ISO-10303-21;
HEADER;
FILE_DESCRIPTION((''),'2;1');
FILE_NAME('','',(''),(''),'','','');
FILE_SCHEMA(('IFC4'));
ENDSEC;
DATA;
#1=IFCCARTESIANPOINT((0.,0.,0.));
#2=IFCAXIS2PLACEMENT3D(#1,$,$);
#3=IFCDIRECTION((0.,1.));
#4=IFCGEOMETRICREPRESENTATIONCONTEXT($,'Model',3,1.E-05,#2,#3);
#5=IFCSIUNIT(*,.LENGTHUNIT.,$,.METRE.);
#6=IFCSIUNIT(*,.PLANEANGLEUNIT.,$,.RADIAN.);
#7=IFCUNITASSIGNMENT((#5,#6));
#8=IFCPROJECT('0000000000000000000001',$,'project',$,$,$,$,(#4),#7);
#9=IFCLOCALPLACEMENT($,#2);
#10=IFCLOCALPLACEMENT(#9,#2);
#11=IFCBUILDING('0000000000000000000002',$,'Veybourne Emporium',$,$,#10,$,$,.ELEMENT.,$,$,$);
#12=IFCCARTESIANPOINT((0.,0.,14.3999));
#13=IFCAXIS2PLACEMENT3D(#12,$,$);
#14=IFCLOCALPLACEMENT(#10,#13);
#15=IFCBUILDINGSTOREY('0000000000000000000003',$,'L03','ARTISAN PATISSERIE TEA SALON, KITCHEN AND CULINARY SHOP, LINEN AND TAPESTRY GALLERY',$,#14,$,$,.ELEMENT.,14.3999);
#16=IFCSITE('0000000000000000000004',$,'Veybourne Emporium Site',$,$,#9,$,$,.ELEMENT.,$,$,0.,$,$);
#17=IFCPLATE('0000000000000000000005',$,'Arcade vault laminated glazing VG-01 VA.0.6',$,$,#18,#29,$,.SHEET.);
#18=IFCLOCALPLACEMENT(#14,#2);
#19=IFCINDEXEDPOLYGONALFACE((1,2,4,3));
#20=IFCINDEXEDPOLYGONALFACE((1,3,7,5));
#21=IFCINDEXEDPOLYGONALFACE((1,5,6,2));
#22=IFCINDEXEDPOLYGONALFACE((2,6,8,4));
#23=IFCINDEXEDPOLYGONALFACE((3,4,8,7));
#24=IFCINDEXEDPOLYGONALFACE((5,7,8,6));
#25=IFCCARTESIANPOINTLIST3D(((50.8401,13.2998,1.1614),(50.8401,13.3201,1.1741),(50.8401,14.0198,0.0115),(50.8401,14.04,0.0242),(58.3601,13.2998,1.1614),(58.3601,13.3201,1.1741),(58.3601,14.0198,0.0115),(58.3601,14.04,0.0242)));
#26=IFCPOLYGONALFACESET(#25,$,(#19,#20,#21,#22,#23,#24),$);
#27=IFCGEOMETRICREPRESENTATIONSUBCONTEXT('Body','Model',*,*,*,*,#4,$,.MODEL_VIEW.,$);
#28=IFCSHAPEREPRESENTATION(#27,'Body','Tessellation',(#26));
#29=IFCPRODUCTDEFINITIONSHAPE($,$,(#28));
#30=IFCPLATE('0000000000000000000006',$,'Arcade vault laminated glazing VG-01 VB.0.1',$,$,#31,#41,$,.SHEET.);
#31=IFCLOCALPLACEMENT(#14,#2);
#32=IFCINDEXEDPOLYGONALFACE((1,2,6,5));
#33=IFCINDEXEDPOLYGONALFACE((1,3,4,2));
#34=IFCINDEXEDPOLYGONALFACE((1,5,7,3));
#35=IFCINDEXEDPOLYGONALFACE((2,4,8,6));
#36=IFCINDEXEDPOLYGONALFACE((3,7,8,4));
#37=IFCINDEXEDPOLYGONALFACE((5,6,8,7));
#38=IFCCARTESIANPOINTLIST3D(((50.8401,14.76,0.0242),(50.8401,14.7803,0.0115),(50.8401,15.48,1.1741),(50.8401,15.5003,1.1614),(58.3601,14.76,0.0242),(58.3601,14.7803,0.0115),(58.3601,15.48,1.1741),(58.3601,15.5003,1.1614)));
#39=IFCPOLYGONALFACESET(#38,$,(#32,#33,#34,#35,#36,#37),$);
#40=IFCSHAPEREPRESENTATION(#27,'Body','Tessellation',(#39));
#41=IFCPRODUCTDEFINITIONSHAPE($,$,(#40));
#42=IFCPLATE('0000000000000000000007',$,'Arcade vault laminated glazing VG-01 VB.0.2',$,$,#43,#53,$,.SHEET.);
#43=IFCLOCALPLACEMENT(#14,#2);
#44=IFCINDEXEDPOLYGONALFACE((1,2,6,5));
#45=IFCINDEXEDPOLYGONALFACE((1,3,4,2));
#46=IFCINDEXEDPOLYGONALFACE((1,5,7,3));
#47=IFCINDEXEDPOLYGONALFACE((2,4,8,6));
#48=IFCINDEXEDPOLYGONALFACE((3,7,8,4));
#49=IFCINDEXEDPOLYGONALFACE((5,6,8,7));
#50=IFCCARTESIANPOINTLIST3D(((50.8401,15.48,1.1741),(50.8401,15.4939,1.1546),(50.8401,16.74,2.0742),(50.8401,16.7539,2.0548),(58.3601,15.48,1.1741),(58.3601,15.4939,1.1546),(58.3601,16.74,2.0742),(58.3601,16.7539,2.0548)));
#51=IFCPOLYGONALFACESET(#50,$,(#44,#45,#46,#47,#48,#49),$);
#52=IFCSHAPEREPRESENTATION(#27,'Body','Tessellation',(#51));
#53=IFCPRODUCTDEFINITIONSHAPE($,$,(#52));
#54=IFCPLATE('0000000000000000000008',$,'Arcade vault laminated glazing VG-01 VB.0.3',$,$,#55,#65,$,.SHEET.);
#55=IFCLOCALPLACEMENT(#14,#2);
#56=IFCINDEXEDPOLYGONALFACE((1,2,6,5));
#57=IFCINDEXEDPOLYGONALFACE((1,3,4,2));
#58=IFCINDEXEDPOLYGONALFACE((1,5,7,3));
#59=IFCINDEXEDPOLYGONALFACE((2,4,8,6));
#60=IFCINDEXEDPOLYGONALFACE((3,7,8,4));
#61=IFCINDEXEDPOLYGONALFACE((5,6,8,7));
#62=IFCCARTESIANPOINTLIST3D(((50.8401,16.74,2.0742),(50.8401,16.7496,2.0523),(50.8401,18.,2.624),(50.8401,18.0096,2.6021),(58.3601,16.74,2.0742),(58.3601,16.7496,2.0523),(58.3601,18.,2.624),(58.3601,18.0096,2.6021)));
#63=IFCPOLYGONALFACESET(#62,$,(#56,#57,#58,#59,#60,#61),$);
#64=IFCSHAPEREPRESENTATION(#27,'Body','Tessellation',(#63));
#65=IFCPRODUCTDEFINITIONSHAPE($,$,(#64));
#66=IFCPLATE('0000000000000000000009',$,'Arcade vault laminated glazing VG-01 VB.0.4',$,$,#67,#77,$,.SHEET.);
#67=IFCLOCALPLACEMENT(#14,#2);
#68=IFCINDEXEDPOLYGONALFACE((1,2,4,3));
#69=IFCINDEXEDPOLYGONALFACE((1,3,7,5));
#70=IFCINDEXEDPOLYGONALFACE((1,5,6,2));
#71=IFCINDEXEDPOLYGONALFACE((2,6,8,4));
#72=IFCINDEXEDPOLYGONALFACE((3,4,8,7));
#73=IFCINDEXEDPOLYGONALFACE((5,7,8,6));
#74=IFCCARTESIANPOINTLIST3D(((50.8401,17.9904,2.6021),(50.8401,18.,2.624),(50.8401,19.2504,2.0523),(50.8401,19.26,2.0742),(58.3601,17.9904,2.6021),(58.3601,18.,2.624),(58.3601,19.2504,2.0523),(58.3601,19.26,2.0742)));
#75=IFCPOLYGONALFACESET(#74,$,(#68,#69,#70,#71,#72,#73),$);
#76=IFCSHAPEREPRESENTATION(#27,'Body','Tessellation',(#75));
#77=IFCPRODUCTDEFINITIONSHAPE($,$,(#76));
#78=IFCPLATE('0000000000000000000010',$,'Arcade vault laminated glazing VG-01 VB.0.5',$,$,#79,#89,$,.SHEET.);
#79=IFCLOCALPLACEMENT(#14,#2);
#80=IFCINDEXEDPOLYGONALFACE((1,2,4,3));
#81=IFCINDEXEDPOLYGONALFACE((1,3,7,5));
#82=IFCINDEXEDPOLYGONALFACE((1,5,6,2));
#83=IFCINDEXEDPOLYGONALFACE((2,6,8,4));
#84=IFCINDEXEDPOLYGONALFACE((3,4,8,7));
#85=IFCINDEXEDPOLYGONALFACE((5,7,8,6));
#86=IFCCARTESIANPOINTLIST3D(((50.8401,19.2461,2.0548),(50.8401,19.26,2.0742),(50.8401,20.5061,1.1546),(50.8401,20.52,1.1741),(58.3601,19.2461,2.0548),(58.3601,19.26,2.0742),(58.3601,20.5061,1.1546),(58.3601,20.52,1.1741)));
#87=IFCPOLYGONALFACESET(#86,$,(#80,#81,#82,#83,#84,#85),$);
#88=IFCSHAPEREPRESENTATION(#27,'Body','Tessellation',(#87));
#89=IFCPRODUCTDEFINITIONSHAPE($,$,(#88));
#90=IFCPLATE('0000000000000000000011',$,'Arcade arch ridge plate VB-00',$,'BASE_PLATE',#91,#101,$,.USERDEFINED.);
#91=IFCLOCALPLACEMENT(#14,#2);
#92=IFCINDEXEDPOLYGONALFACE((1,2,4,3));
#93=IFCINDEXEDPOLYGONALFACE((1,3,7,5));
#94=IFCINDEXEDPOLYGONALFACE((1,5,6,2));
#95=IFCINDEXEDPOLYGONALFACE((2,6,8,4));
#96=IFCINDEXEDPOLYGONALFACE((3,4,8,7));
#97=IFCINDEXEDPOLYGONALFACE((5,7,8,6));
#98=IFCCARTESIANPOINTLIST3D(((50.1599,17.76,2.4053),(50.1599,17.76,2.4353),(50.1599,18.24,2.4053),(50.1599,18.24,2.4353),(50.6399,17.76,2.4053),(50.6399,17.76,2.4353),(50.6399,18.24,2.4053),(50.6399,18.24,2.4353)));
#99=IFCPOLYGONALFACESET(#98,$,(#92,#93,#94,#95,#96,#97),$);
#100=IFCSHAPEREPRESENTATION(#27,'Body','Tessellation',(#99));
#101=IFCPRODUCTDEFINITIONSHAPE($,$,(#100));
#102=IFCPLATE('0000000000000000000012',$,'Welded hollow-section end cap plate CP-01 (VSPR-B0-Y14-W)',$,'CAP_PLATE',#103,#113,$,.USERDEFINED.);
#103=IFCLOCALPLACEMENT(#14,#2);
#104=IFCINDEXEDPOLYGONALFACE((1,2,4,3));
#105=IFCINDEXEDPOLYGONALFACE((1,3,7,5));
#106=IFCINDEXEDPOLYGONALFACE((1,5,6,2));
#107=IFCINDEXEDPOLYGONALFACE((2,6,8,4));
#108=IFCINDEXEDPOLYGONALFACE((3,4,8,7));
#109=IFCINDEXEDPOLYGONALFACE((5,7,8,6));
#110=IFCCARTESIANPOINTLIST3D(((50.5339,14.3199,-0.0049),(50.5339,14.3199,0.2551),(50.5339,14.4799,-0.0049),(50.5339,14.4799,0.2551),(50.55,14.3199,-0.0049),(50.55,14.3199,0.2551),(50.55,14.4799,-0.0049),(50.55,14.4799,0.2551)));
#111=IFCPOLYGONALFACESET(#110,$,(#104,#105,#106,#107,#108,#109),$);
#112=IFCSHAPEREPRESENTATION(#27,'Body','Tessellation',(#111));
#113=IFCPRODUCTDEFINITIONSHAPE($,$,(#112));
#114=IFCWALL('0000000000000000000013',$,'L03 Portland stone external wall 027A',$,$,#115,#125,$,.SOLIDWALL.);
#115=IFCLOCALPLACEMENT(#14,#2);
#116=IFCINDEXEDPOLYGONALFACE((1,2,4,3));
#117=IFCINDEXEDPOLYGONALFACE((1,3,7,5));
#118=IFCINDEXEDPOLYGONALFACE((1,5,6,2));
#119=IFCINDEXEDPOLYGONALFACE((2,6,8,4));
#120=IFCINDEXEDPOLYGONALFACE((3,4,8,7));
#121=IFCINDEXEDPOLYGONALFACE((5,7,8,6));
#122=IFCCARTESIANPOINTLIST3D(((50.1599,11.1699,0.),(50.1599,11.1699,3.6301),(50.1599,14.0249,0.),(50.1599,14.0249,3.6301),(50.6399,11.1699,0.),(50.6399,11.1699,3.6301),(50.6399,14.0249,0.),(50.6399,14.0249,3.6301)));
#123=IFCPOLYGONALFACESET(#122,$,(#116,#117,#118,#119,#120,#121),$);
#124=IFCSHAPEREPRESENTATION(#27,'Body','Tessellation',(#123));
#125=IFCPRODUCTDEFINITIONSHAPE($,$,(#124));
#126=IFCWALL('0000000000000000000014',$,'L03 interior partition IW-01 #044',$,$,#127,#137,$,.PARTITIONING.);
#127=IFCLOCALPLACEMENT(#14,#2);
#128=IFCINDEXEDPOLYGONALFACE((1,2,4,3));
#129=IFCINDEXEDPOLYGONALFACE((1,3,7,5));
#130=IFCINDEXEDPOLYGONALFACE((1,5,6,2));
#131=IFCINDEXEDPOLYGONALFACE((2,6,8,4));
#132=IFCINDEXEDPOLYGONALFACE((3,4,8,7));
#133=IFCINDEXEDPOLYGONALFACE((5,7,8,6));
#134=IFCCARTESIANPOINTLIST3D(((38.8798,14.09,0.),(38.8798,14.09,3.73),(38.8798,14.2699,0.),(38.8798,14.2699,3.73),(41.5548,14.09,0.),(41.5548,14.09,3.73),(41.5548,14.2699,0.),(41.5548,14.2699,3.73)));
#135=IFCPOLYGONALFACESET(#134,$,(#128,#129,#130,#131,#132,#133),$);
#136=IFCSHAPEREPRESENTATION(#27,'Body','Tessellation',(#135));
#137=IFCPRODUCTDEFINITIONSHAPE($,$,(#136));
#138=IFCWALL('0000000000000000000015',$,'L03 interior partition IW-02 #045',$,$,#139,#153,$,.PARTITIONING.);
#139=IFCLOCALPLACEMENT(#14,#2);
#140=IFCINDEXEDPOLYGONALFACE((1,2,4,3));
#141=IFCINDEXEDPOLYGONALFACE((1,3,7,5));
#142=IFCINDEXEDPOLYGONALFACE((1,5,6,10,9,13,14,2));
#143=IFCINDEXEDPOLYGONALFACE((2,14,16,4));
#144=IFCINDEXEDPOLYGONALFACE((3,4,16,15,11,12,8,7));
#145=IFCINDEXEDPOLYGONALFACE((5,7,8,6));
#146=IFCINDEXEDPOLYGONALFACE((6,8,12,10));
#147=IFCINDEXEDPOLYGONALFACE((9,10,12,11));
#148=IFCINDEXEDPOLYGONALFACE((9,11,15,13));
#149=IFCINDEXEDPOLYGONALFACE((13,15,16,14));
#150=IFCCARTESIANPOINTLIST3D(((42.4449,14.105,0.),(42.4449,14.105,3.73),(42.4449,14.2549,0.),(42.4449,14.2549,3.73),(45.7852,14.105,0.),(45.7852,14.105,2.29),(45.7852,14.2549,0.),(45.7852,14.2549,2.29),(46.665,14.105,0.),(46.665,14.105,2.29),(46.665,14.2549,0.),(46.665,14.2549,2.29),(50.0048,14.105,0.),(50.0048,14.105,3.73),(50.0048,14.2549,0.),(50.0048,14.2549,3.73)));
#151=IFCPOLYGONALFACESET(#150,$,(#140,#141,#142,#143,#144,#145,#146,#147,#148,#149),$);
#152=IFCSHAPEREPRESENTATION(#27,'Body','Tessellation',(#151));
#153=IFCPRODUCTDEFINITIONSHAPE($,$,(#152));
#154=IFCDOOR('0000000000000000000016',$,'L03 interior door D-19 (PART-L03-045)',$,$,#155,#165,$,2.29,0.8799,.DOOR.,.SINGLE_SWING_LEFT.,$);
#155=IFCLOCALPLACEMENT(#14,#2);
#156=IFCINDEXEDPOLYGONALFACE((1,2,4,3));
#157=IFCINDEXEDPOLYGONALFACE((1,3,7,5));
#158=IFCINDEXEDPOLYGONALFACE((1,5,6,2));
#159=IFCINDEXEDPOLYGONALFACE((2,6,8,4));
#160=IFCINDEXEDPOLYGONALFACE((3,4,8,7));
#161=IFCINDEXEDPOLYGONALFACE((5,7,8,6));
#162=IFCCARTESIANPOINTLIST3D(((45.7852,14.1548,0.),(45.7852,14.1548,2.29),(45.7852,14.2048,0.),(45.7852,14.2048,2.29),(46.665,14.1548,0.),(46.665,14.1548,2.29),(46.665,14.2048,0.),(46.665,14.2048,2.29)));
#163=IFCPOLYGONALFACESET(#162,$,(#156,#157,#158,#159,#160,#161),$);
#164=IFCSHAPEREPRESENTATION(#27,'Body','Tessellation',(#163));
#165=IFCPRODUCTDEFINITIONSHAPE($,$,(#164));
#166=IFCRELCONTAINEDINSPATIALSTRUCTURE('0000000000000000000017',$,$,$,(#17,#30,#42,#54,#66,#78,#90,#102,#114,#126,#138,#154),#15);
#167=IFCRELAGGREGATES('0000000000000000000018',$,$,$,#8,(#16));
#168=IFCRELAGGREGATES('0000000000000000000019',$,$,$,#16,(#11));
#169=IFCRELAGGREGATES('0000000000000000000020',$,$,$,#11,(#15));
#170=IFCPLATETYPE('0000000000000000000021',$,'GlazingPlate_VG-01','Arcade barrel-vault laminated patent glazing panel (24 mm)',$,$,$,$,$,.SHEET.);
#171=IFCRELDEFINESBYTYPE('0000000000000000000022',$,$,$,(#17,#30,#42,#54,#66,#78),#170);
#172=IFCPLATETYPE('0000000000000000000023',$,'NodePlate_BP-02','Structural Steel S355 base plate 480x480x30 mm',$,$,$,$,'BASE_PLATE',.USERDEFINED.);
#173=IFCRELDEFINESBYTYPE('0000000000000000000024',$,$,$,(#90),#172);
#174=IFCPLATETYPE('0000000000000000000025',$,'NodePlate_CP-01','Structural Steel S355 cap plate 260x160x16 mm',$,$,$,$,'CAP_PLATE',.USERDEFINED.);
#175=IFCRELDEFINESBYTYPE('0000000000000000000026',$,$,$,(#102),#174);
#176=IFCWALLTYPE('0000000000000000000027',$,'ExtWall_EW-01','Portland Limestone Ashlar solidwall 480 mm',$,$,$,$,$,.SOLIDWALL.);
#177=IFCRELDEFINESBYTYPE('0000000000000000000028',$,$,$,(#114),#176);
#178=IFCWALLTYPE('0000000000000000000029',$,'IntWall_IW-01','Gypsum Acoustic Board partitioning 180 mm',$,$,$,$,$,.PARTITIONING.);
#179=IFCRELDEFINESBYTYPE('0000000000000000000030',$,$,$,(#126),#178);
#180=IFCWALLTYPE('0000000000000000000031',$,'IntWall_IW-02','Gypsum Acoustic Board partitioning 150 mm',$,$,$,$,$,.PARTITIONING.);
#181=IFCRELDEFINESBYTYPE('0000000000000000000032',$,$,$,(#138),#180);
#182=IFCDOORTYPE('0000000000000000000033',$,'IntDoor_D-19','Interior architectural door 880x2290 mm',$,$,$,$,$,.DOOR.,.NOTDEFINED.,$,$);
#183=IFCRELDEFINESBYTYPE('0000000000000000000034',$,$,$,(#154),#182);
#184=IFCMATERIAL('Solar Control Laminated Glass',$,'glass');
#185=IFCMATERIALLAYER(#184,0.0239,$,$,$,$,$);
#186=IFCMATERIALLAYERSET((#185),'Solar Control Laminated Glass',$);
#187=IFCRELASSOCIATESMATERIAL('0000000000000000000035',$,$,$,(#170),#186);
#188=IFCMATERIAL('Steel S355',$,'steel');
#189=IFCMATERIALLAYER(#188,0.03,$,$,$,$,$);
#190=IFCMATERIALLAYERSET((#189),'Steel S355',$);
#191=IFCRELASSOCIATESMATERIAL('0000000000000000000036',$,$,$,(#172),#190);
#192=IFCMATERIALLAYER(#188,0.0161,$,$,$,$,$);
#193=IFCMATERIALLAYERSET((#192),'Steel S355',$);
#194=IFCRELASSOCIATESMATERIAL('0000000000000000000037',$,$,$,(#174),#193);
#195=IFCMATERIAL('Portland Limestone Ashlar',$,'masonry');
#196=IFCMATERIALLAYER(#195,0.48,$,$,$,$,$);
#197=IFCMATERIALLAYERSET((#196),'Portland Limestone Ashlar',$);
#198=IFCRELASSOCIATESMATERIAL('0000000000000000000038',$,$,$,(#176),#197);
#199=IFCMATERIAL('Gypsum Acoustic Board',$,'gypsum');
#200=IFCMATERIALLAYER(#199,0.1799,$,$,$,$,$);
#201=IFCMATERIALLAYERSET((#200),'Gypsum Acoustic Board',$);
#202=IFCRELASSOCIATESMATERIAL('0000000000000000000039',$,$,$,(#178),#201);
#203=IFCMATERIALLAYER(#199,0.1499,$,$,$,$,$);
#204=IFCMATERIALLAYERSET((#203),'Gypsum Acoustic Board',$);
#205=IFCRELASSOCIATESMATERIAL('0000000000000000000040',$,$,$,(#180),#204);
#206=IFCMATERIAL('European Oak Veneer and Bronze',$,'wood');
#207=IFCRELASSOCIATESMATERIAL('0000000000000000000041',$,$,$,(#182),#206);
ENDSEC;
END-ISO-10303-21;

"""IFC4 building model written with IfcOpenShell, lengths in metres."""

from ifc_helpers import new_model, si_unit, direction, frame, frame_2d, origin, origin_2d, place, context, subcontext, project, spatial, polyline, rectangle, outline, extrude, material, layer, layer_set, type_object, element, fill, save


model = new_model("IFC4")

# Units and contexts
model_context = context("Model", 3, precision=1e-05, world=origin(), true_north=direction((0.0, 1.0)))
body_context = subcontext(model_context, "Body", "Model", "MODEL_VIEW")
ifc_project = project(units=[si_unit("LENGTHUNIT", "METRE"), si_unit("PLANEANGLEUNIT", "RADIAN")], contexts=[model_context])

# Site, building, storey
site_placement = place(None, origin())
site = spatial("IfcSite", under=ifc_project, at=site_placement, Name="Veybourne Emporium Site", CompositionType="ELEMENT", RefElevation=0.0)
building_placement = place(site_placement, origin())
building = spatial("IfcBuilding", under=site, at=building_placement, Name="Veybourne Emporium", CompositionType="ELEMENT")
storey_placement = place(building_placement, frame((0.0, 0.0, 14.3999)))
storey = spatial("IfcBuildingStorey", under=building, at=storey_placement, Name="L03", Description="ARTISAN PATISSERIE TEA SALON, KITCHEN AND CULINARY SHOP, LINEN AND TAPESTRY GALLERY", CompositionType="ELEMENT", Elevation=14.3999)

# Shared definitions
ifc_material_1 = material(Name="Steel S355", Category="steel")

# Plates
ifc_material_2 = material(Name="Solar Control Laminated Glass", Category="glass")
ifc_layer_1 = layer(ifc_material_2, 0.0239)
ifc_layer_set_1 = layer_set([ifc_layer_1], Name="Solar Control Laminated Glass")
plate_type_1 = type_object("IfcPlateType", Name="GlazingPlate_VG-01", Description="Arcade barrel-vault laminated patent glazing panel (24 mm)", PredefinedType="SHEET", material=ifc_layer_set_1)
for number, where, z_axis, x_axis, name in (
    (1, (50.8401, 13.3201, 1.1741), (0.0, 0.847573, 0.530678), (1.0, 0.0, 0.0), "Arcade vault laminated glazing VG-01 VA.0.6"),
    (2, (50.8401, 14.76, 0.0242), (0.0, -0.847573, 0.530678), (1.0, 0.0, 0.0), "Arcade vault laminated glazing VG-01 VB.0.1"),
):
    element("IfcPlate", number, at=place(storey_placement, frame(where, z_axis=z_axis, x_axis=x_axis)), inside=storey, type_object=plate_type_1, Name=name, PredefinedType="SHEET", context=body_context, shape_type="SweptSolid", body=[
        extrude(outline(polyline([(0.0, 0.0), (7.52, 0.0), (7.52, 1.3567), (0.0, 1.3567), (0.0, 0.0)])), origin(), (0.0, 0.0, -1.0), 0.0239),
    ])
plate_1_placement = place(storey_placement, frame((50.8401, 15.48, 1.1741), z_axis=(0.0, -0.581298, 0.813691), x_axis=(1.0, 0.0, 0.0)))
element("IfcPlate", 3, at=plate_1_placement, inside=storey, type_object=plate_type_1, Name="Arcade vault laminated glazing VG-01 VB.0.2", PredefinedType="SHEET", context=body_context, shape_type="SweptSolid", body=[
    extrude(outline(polyline([(0.0, 0.0), (7.52, 0.0), (7.52, 1.5485), (0.0, 1.5485), (0.0, 0.0)])), origin(), (0.0, 0.0, -1.0), 0.0239),
])
for number, where, z_axis, x_axis, name in (
    (4, (50.8401, 16.74, 2.0742), (0.0, -0.399934, 0.916544), (1.0, 0.0, 0.0), "Arcade vault laminated glazing VG-01 VB.0.3"),
    (5, (50.8401, 18.0, 2.624), (0.0, 0.399934, 0.916544), (1.0, 0.0, 0.0), "Arcade vault laminated glazing VG-01 VB.0.4"),
):
    element("IfcPlate", number, at=place(storey_placement, frame(where, z_axis=z_axis, x_axis=x_axis)), inside=storey, type_object=plate_type_1, Name=name, PredefinedType="SHEET", context=body_context, shape_type="SweptSolid", body=[
        extrude(outline(polyline([(0.0, 0.0), (7.52, 0.0), (7.52, 1.3747), (0.0, 1.3747), (0.0, 0.0)])), origin(), (0.0, 0.0, -1.0), 0.0239),
    ])
plate_2_placement = place(storey_placement, frame((50.8401, 19.26, 2.0742), z_axis=(0.0, 0.581298, 0.813691), x_axis=(1.0, 0.0, 0.0)))
element("IfcPlate", 6, at=plate_2_placement, inside=storey, type_object=plate_type_1, Name="Arcade vault laminated glazing VG-01 VB.0.5", PredefinedType="SHEET", context=body_context, shape_type="SweptSolid", body=[
    extrude(outline(polyline([(0.0, 0.0), (7.52, 0.0), (7.52, 1.5485), (0.0, 1.5485), (0.0, 0.0)])), origin(), (0.0, 0.0, -1.0), 0.0239),
])
ifc_layer_2 = layer(ifc_material_1, 0.03)
ifc_layer_set_2 = layer_set([ifc_layer_2], Name="Steel S355")
plate_type_2 = type_object("IfcPlateType", Name="NodePlate_BP-02", Description="Structural Steel S355 base plate 480x480x30 mm", ElementType="BASE_PLATE", PredefinedType="USERDEFINED", material=ifc_layer_set_2)
plate_3_placement = place(storey_placement, frame((50.3999, 18.0, 2.4053), z_axis=(0.0, 0.0, 1.0), x_axis=(1.0, 0.0, 0.0)))
element("IfcPlate", 7, at=plate_3_placement, inside=storey, type_object=plate_type_2, Name="Arcade arch ridge plate VB-00", ObjectType="BASE_PLATE", PredefinedType="USERDEFINED", context=body_context, shape_type="SweptSolid", body=[
    extrude(rectangle(XDim=0.48, YDim=0.48, at=origin_2d()), origin(), (0.0, 0.0, 1.0), 0.03),
])
ifc_layer_3 = layer(ifc_material_1, 0.0161)
ifc_layer_set_3 = layer_set([ifc_layer_3], Name="Steel S355")
plate_type_3 = type_object("IfcPlateType", Name="NodePlate_CP-01", Description="Structural Steel S355 cap plate 260x160x16 mm", ElementType="CAP_PLATE", PredefinedType="USERDEFINED", material=ifc_layer_set_3)
plate_4_placement = place(storey_placement, frame((50.542, 14.3999, -0.0049), z_axis=(0.0, 0.0, 1.0), x_axis=(1.0, 0.0, 0.0)))
element("IfcPlate", 8, at=plate_4_placement, inside=storey, type_object=plate_type_3, Name="Welded hollow-section end cap plate CP-01 (VSPR-B0-Y14-W)", ObjectType="CAP_PLATE", PredefinedType="USERDEFINED", context=body_context, shape_type="SweptSolid", body=[
    extrude(rectangle(XDim=0.0161, YDim=0.1599, at=origin_2d()), origin(), (0.0, 0.0, 1.0), 0.26),
])

# Walls
ifc_material_3 = material(Name="Portland Limestone Ashlar", Category="masonry")
ifc_layer_4 = layer(ifc_material_3, 0.48)
ifc_layer_set_4 = layer_set([ifc_layer_4], Name="Portland Limestone Ashlar")
wall_type_1 = type_object("IfcWallType", Name="ExtWall_EW-01", Description="Portland Limestone Ashlar solidwall 480 mm", PredefinedType="SOLIDWALL", material=ifc_layer_set_4)
wall_1_placement = place(storey_placement, frame((50.3999, 14.0249, 0.0), z_axis=(0.0, 0.0, 1.0), x_axis=(0.0, -1.0, 0.0)))
element("IfcWall", 9, at=wall_1_placement, inside=storey, type_object=wall_type_1, Name="L03 Portland stone external wall 027A", PredefinedType="SOLIDWALL", context=body_context, shape_type="SweptSolid", body=[
    extrude(rectangle(XDim=2.855, YDim=0.48, at=frame_2d((1.4275, 0.0))), origin(), (0.0, 0.0, 1.0), 3.6301),
])
ifc_material_4 = material(Name="Gypsum Acoustic Board", Category="gypsum")
ifc_layer_5 = layer(ifc_material_4, 0.1799)
ifc_layer_set_5 = layer_set([ifc_layer_5], Name="Gypsum Acoustic Board")
wall_type_2 = type_object("IfcWallType", Name="IntWall_IW-01", Description="Gypsum Acoustic Board partitioning 180 mm", PredefinedType="PARTITIONING", material=ifc_layer_set_5)
wall_2_placement = place(storey_placement, frame((38.8799, 14.1799, 0.0), z_axis=(0.0, 0.0, 1.0), x_axis=(1.0, 0.0, 0.0)))
element("IfcWall", 10, at=wall_2_placement, inside=storey, type_object=wall_type_2, Name="L03 interior partition IW-01 #044", PredefinedType="PARTITIONING", context=body_context, shape_type="SweptSolid", body=[
    extrude(rectangle(XDim=2.675, YDim=0.1799, at=frame_2d((1.3374, 0.0))), origin(), (0.0, 0.0, 1.0), 3.73),
])

# Wall, opening, door
ifc_layer_6 = layer(ifc_material_4, 0.1499)
ifc_layer_set_6 = layer_set([ifc_layer_6], Name="Gypsum Acoustic Board")
wall_type_3 = type_object("IfcWallType", Name="IntWall_IW-02", Description="Gypsum Acoustic Board partitioning 150 mm", PredefinedType="PARTITIONING", material=ifc_layer_set_6)
wall_3_placement = place(storey_placement, frame((42.4451, 14.1799, 0.0), z_axis=(0.0, 0.0, 1.0), x_axis=(1.0, 0.0, 0.0)))
wall_3 = element("IfcWall", 11, at=wall_3_placement, inside=storey, type_object=wall_type_3, Name="L03 interior partition IW-02 #045", PredefinedType="PARTITIONING", context=body_context, shape_type="SweptSolid", body=[
    extrude(rectangle(XDim=7.5598, YDim=0.1499, at=frame_2d((3.7798, 0.0))), origin(), (0.0, 0.0, 1.0), 3.73),
])
opening_1_placement = place(wall_3_placement, frame((3.3401, 0.0, 0.0)))
opening_1 = element("IfcOpeningElement", 12, at=opening_1_placement, cuts=wall_3, PredefinedType="OPENING", context=body_context, shape_type="SweptSolid", body=[
    extrude(rectangle(XDim=0.8799, YDim=2.29, at=frame_2d((0.4399, 1.145))), frame((0.0, 0.095, 0.0), z_axis=(0.0, -1.0, 0.0), x_axis=(1.0, 0.0, 0.0)), (0.0, 0.0, 1.0), 0.1899),
])
ifc_material_5 = material(Name="European Oak Veneer and Bronze", Category="wood")
door_type_1 = type_object("IfcDoorType", Name="IntDoor_D-19", Description="Interior architectural door 880x2290 mm", OperationType="NOTDEFINED", PredefinedType="DOOR", material=ifc_material_5)
door_1_placement = place(opening_1_placement, origin())
door_1 = element("IfcDoor", 13, at=door_1_placement, inside=storey, type_object=door_type_1, Name="L03 interior door D-19 (PART-L03-045)", OperationType="SINGLE_SWING_LEFT", OverallHeight=2.29, OverallWidth=0.8799, PredefinedType="DOOR", context=body_context, shape_type="SweptSolid", body=[
    extrude(rectangle(XDim=0.8799, YDim=2.29, at=frame_2d((0.4399, 1.145))), frame((0.0, 0.0249, 0.0), z_axis=(0.0, -1.0, 0.0), x_axis=(1.0, 0.0, 0.0)), (0.0, 0.0, 1.0), 0.05),
])
fill(opening_1, door_1)

save(model, "model.ifc")
